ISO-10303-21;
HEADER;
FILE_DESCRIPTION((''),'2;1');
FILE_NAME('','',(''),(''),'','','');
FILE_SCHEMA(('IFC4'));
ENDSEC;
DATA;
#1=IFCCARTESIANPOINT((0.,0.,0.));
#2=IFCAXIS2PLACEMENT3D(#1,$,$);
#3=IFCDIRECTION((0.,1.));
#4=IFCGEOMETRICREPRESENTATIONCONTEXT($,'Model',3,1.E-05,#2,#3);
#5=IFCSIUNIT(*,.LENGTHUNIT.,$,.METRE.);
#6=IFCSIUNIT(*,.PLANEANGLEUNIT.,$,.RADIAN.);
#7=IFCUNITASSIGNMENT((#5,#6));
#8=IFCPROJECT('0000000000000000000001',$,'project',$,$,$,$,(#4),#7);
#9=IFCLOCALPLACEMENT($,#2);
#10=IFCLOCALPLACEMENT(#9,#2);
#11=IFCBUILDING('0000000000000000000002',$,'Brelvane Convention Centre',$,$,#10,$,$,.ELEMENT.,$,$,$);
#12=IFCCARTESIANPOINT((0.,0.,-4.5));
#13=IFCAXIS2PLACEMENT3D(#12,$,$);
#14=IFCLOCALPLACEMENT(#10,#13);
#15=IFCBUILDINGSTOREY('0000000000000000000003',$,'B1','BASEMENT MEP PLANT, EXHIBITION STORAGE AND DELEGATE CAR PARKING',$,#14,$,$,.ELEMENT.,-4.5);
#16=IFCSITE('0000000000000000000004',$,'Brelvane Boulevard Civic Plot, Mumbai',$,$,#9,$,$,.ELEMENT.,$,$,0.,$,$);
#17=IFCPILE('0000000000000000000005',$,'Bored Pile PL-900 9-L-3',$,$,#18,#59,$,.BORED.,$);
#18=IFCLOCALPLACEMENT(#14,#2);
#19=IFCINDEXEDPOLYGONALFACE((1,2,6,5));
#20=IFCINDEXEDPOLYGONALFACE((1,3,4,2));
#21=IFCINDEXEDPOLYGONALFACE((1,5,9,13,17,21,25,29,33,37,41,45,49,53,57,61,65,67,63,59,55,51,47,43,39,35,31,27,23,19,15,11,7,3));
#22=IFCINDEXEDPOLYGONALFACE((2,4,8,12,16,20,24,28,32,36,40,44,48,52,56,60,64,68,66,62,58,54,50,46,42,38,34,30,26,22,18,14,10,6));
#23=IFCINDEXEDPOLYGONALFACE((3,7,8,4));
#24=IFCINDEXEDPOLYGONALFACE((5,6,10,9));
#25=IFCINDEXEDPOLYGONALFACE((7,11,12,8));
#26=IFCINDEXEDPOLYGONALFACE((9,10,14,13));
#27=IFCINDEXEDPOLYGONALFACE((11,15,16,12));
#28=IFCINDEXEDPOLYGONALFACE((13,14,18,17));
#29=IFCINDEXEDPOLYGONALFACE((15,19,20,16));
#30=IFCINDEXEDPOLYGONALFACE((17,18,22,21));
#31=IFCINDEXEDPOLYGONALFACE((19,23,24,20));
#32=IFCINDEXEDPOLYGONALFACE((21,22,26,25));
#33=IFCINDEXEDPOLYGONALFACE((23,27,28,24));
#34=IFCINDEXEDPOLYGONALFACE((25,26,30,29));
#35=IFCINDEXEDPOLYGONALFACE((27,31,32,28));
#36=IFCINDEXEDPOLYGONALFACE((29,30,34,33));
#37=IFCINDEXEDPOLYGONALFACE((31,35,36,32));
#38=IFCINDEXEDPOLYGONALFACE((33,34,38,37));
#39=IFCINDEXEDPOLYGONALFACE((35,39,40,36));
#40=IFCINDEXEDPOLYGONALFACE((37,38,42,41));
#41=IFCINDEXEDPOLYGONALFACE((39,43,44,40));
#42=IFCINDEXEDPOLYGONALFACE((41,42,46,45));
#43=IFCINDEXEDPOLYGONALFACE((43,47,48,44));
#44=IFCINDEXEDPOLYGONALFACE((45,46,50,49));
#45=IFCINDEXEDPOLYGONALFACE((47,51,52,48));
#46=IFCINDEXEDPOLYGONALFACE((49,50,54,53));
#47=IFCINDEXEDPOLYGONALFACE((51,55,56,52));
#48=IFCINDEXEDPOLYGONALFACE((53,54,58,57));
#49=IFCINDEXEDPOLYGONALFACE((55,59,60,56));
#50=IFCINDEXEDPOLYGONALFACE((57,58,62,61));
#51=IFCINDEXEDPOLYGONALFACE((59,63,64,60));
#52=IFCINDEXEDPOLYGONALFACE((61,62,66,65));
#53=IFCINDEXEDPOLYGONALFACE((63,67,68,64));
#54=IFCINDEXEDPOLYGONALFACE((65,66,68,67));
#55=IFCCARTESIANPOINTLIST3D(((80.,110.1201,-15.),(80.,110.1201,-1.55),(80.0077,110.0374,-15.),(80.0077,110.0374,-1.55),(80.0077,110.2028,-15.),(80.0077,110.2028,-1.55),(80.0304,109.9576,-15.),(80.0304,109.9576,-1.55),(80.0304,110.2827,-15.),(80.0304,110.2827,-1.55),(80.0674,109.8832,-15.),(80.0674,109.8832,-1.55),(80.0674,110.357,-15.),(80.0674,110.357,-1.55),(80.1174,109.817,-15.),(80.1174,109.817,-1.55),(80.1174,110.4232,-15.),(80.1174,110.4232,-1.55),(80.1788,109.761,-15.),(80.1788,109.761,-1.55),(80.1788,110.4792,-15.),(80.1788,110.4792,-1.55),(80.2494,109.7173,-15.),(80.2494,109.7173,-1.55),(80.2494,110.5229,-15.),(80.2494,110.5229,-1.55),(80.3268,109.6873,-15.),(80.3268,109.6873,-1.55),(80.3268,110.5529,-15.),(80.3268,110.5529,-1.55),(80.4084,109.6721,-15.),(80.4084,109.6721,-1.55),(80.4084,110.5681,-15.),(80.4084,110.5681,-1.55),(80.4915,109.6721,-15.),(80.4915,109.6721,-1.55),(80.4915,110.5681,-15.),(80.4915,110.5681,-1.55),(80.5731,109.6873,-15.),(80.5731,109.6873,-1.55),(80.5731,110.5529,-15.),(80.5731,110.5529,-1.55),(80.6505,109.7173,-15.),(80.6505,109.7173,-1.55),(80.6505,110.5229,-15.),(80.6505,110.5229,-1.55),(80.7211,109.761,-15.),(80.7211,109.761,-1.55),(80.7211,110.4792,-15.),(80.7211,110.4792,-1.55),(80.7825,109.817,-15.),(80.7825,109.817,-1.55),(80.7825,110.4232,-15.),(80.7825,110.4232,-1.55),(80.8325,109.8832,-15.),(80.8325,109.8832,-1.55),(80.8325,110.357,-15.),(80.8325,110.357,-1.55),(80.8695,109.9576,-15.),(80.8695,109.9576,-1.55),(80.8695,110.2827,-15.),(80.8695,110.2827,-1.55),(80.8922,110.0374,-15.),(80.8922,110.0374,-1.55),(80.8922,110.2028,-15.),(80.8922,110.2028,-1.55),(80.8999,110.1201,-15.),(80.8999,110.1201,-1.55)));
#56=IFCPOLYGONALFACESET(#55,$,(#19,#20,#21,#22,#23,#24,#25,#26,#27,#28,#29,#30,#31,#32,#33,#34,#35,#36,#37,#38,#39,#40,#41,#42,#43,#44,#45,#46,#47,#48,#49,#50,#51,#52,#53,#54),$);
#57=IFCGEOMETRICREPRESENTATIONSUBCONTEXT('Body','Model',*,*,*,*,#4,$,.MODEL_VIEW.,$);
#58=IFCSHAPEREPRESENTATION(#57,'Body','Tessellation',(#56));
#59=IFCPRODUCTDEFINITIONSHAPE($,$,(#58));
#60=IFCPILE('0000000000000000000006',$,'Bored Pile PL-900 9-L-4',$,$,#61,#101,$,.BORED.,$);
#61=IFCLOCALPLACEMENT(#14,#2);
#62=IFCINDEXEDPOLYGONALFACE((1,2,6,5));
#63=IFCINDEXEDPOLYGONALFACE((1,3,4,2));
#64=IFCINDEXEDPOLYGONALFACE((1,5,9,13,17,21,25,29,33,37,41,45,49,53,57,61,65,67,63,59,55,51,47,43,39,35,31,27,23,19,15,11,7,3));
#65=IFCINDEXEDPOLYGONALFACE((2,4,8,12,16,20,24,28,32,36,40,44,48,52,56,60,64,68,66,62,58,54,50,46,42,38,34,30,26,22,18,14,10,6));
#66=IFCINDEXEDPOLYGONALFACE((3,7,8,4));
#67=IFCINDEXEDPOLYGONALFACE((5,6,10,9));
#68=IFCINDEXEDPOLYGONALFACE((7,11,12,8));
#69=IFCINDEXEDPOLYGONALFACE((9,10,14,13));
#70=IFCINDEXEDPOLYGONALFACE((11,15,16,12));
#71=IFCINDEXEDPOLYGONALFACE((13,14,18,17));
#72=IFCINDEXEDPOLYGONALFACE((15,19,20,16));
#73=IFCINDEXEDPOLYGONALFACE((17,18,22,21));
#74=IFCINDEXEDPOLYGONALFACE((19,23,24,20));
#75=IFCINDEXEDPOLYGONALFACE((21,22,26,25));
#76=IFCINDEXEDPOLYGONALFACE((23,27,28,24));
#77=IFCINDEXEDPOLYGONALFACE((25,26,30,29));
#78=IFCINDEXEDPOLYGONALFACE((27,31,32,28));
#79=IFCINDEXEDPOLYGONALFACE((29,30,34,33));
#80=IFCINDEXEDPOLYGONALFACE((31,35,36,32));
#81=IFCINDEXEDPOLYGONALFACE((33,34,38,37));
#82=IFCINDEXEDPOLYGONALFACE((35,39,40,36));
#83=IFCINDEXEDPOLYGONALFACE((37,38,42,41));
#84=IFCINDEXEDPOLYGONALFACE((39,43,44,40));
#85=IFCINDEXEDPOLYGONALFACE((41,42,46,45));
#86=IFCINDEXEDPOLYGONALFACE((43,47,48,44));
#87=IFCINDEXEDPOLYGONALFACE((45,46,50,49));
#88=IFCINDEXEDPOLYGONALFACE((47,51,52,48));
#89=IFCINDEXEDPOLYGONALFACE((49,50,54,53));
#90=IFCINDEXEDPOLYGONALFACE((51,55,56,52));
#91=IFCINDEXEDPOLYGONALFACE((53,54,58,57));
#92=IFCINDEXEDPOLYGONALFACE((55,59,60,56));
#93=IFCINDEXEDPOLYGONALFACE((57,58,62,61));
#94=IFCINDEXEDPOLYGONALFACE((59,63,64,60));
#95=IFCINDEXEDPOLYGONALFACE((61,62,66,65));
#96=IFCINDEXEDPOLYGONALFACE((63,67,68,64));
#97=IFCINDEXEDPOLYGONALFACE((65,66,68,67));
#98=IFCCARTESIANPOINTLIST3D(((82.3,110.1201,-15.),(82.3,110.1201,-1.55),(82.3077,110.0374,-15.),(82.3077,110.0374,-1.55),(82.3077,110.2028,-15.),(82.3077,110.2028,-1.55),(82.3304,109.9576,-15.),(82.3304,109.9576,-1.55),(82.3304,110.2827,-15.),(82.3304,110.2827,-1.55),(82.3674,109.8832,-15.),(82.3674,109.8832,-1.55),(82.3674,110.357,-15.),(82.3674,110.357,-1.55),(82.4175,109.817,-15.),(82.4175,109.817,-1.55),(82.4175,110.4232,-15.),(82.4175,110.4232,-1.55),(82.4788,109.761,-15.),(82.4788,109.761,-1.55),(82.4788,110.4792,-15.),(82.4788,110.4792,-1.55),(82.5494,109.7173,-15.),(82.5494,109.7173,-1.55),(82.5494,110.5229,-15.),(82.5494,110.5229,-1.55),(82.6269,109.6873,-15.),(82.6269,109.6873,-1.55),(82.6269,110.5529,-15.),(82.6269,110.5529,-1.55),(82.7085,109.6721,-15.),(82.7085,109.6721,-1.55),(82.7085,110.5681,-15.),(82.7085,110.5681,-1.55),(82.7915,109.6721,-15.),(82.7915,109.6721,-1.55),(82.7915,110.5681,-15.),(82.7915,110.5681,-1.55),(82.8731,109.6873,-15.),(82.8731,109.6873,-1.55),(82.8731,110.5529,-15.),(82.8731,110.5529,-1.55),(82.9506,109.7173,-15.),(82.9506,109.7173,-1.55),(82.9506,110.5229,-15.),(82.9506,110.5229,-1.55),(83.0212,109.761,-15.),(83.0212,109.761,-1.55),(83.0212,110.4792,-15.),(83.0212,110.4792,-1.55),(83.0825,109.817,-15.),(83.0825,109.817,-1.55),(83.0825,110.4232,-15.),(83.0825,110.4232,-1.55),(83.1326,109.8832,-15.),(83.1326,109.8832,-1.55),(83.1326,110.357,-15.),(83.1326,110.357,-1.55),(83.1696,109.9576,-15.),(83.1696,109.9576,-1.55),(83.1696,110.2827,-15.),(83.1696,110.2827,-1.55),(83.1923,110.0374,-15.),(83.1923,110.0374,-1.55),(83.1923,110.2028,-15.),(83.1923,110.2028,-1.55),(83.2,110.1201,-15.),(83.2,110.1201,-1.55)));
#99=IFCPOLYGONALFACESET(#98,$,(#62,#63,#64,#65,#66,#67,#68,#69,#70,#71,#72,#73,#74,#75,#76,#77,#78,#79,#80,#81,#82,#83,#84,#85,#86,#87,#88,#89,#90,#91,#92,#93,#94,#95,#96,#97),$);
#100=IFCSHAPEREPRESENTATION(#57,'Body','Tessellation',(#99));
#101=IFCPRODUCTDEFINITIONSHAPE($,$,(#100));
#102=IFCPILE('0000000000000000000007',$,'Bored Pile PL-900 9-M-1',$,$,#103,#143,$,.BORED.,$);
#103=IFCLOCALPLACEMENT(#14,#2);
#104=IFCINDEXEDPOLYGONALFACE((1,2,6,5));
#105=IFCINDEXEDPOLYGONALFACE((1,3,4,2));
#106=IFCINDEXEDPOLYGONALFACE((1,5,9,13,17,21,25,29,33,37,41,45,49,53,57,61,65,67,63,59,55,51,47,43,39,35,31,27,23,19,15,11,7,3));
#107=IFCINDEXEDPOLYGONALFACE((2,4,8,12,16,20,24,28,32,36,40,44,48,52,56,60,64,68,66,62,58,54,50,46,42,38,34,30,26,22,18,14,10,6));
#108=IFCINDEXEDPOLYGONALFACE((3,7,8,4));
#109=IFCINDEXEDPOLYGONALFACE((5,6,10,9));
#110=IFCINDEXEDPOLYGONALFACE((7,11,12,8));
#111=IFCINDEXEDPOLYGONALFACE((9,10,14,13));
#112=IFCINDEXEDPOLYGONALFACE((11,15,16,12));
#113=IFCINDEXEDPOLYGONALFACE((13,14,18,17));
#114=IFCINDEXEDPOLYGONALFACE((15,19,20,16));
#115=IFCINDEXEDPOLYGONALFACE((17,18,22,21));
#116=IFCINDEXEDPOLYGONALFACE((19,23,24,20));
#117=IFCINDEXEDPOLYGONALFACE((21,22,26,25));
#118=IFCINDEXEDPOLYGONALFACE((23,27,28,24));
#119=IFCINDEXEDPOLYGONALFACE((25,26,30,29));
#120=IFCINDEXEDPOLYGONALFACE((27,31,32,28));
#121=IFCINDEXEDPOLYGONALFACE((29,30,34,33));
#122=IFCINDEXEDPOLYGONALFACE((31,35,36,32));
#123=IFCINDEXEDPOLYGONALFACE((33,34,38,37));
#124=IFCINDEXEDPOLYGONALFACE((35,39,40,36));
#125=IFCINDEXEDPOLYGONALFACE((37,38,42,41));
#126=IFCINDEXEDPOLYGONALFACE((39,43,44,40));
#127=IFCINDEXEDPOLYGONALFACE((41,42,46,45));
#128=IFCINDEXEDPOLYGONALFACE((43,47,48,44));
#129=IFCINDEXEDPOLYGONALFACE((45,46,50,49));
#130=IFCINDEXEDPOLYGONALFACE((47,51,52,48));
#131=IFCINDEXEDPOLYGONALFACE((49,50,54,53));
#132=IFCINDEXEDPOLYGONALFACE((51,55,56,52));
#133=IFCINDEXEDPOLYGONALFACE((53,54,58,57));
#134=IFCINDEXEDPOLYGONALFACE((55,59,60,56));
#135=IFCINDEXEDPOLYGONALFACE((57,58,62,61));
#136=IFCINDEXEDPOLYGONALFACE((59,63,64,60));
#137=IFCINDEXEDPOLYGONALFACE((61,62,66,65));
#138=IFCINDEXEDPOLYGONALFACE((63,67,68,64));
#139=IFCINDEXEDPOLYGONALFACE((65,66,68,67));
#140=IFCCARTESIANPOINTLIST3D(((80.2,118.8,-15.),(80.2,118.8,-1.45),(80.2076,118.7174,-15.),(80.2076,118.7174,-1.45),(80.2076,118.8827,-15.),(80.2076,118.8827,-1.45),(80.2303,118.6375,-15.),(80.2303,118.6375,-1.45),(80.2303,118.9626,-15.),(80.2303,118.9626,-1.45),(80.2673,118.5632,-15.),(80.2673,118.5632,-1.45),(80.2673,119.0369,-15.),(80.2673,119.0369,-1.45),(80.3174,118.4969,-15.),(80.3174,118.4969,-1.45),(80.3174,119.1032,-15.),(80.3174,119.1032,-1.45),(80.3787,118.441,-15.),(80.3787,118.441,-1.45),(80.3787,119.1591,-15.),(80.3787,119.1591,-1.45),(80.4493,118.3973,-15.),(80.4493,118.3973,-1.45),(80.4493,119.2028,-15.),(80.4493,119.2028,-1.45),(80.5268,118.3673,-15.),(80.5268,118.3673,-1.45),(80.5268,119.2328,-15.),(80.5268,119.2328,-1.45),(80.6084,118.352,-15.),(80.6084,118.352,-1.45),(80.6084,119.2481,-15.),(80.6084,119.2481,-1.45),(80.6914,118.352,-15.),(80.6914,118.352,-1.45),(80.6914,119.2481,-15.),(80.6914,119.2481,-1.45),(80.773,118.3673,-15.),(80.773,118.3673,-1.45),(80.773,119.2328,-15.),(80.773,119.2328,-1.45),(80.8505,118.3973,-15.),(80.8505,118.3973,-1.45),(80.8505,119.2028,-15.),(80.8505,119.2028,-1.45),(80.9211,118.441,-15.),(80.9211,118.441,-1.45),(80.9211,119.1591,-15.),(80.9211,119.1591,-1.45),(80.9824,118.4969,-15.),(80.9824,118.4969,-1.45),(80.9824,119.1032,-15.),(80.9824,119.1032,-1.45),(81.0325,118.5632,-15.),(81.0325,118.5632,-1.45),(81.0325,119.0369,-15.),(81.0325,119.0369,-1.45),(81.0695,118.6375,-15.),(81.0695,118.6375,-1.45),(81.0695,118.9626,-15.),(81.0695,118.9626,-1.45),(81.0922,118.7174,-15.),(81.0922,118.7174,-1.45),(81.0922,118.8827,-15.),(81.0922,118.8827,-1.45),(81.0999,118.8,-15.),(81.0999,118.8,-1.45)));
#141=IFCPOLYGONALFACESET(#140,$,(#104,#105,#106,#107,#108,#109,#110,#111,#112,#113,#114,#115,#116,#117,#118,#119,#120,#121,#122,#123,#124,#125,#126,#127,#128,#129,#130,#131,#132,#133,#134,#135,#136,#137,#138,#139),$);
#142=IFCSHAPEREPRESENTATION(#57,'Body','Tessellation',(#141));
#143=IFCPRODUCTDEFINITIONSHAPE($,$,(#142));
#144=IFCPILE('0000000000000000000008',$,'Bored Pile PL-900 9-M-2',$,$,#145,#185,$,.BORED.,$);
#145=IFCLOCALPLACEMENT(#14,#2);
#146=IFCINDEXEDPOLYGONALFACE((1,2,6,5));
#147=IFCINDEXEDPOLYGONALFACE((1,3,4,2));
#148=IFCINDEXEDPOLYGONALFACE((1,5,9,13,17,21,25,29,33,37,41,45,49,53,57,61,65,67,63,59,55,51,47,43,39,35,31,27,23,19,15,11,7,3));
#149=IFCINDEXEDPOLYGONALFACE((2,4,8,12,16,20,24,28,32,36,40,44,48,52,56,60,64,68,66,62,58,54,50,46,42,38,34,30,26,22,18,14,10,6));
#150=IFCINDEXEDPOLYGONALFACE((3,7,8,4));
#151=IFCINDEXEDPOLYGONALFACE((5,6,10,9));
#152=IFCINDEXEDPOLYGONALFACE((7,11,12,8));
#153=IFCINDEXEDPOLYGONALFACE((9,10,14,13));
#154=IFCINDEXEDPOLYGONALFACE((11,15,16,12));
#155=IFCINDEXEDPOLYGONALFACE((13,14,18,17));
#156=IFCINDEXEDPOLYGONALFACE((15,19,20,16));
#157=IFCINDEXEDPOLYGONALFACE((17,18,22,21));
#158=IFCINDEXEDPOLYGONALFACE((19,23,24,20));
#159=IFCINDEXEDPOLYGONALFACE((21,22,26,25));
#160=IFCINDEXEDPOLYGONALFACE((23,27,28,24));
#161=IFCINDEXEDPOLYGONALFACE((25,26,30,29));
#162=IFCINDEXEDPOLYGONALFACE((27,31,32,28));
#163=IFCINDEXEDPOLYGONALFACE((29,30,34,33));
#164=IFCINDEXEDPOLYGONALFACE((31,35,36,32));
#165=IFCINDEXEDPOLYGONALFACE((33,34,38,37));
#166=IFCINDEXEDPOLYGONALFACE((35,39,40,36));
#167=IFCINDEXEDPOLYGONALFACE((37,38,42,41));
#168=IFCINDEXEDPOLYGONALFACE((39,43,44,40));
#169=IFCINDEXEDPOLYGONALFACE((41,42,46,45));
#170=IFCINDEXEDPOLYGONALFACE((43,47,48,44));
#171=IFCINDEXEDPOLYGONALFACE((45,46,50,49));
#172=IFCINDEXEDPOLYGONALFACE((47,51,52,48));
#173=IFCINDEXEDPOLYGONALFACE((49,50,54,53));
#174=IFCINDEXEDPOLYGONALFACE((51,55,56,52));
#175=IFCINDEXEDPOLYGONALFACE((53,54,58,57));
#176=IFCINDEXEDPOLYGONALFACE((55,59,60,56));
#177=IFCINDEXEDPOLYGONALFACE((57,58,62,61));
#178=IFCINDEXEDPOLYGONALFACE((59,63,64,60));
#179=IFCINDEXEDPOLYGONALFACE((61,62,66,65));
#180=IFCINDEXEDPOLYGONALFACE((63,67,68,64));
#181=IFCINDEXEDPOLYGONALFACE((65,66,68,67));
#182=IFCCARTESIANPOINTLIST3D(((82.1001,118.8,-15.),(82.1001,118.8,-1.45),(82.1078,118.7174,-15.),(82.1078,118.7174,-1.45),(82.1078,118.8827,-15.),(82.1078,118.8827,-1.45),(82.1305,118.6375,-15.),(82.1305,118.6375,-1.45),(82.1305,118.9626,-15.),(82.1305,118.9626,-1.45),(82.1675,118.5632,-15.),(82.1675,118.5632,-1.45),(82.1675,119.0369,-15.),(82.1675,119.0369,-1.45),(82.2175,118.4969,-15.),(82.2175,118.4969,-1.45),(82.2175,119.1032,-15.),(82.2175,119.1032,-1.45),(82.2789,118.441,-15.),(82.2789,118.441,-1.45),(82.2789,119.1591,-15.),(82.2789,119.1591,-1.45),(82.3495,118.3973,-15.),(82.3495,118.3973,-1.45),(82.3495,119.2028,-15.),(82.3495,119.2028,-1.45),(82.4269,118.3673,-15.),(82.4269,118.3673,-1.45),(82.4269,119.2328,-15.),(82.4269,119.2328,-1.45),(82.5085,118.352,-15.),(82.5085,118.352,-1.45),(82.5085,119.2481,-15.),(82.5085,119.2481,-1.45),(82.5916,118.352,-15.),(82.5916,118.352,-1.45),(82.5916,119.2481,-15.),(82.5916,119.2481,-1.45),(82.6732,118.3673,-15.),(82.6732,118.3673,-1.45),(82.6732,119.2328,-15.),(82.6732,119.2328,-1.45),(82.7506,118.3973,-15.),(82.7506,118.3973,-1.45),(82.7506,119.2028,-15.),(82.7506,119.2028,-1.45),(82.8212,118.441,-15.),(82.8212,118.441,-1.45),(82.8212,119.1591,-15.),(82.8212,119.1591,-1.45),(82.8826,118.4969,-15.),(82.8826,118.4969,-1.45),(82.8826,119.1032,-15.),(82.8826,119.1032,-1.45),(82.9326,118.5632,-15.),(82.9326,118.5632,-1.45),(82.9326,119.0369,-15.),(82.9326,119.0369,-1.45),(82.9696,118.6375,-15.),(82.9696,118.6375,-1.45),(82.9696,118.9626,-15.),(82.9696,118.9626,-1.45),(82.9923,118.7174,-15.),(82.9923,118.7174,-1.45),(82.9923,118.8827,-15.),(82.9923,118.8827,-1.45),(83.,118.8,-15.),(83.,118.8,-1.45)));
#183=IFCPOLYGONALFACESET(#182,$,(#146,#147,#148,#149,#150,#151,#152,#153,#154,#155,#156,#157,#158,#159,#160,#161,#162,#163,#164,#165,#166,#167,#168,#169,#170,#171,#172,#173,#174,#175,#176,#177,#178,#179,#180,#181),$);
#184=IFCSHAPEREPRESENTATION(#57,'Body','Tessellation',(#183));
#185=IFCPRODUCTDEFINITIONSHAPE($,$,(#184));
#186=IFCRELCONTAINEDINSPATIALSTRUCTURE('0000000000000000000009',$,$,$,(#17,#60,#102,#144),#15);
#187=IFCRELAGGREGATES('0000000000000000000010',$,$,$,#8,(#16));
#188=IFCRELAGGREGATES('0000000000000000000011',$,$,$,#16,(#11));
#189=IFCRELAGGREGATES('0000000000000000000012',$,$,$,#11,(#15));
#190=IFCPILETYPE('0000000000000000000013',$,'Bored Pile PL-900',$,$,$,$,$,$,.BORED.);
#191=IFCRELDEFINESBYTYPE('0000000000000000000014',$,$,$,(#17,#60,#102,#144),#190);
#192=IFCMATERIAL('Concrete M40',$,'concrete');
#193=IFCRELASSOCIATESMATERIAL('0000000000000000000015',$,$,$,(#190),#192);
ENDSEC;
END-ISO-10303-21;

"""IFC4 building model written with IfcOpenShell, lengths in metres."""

from ifc_helpers import new_model, si_unit, direction, frame, origin, origin_2d, place, context, subcontext, project, spatial, circle, extrude, material, material_profile, profile_set, type_object, element, save


model = new_model("IFC4")

# Units and contexts
model_context = context("Model", 3, precision=1e-05, world=origin(), true_north=direction((0.0, 1.0)))
body_context = subcontext(model_context, "Body", "Model", "MODEL_VIEW")
ifc_project = project(units=[si_unit("LENGTHUNIT", "METRE"), si_unit("PLANEANGLEUNIT", "RADIAN")], contexts=[model_context])

# Site, building, storey
site_placement = place(None, origin())
site = spatial("IfcSite", under=ifc_project, at=site_placement, Name="Brelvane Boulevard Civic Plot, Mumbai", CompositionType="ELEMENT", RefElevation=0.0)
building_placement = place(site_placement, origin())
building = spatial("IfcBuilding", under=site, at=building_placement, Name="Brelvane Convention Centre", CompositionType="ELEMENT")
storey_placement = place(building_placement, frame((0.0, 0.0, -4.5)))
storey = spatial("IfcBuildingStorey", under=building, at=storey_placement, Name="B1", Description="BASEMENT MEP PLANT, EXHIBITION STORAGE AND DELEGATE CAR PARKING", CompositionType="ELEMENT", Elevation=-4.5)

# Piles
ifc_material_1 = material(Name="Concrete M40", Category="concrete")
ifc_material_profile_1 = material_profile(ifc_material_1, circle(Radius=0.45, at=origin_2d()), Name="PILE D900")
ifc_profile_set_1 = profile_set([ifc_material_profile_1], Name="Concrete M40")
pile_type = type_object("IfcPileType", Name="Bored Pile PL-900", PredefinedType="BORED", material=ifc_profile_set_1)
for number, where, z_axis, x_axis, name in (
    (1, (80.45, 110.1201, -1.55), (0.0, 0.0, -1.0), (1.0, 0.0, 0.0), "Bored Pile PL-900 9-L-3"),
    (2, (82.75, 110.1201, -1.55), (0.0, 0.0, -1.0), (1.0, 0.0, 0.0), "Bored Pile PL-900 9-L-4"),
):
    element("IfcPile", number, at=place(storey_placement, frame(where, z_axis=z_axis, x_axis=x_axis)), inside=storey, type_object=pile_type, Name=name, PredefinedType="BORED", context=body_context, shape_type="SweptSolid", body=[
        extrude(circle(Radius=0.45, at=origin_2d()), origin(), (0.0, 0.0, 1.0), 13.45),
    ])
for number, where, z_axis, x_axis, name in (
    (3, (80.6499, 118.8, -1.45), (0.0, 0.0, -1.0), (1.0, 0.0, 0.0), "Bored Pile PL-900 9-M-1"),
    (4, (82.55, 118.8, -1.45), (0.0, 0.0, -1.0), (1.0, 0.0, 0.0), "Bored Pile PL-900 9-M-2"),
):
    element("IfcPile", number, at=place(storey_placement, frame(where, z_axis=z_axis, x_axis=x_axis)), inside=storey, type_object=pile_type, Name=name, PredefinedType="BORED", context=body_context, shape_type="SweptSolid", body=[
        extrude(circle(Radius=0.45, at=origin_2d()), origin(), (0.0, 0.0, 1.0), 13.55),
    ])

save(model, "model.ifc")
